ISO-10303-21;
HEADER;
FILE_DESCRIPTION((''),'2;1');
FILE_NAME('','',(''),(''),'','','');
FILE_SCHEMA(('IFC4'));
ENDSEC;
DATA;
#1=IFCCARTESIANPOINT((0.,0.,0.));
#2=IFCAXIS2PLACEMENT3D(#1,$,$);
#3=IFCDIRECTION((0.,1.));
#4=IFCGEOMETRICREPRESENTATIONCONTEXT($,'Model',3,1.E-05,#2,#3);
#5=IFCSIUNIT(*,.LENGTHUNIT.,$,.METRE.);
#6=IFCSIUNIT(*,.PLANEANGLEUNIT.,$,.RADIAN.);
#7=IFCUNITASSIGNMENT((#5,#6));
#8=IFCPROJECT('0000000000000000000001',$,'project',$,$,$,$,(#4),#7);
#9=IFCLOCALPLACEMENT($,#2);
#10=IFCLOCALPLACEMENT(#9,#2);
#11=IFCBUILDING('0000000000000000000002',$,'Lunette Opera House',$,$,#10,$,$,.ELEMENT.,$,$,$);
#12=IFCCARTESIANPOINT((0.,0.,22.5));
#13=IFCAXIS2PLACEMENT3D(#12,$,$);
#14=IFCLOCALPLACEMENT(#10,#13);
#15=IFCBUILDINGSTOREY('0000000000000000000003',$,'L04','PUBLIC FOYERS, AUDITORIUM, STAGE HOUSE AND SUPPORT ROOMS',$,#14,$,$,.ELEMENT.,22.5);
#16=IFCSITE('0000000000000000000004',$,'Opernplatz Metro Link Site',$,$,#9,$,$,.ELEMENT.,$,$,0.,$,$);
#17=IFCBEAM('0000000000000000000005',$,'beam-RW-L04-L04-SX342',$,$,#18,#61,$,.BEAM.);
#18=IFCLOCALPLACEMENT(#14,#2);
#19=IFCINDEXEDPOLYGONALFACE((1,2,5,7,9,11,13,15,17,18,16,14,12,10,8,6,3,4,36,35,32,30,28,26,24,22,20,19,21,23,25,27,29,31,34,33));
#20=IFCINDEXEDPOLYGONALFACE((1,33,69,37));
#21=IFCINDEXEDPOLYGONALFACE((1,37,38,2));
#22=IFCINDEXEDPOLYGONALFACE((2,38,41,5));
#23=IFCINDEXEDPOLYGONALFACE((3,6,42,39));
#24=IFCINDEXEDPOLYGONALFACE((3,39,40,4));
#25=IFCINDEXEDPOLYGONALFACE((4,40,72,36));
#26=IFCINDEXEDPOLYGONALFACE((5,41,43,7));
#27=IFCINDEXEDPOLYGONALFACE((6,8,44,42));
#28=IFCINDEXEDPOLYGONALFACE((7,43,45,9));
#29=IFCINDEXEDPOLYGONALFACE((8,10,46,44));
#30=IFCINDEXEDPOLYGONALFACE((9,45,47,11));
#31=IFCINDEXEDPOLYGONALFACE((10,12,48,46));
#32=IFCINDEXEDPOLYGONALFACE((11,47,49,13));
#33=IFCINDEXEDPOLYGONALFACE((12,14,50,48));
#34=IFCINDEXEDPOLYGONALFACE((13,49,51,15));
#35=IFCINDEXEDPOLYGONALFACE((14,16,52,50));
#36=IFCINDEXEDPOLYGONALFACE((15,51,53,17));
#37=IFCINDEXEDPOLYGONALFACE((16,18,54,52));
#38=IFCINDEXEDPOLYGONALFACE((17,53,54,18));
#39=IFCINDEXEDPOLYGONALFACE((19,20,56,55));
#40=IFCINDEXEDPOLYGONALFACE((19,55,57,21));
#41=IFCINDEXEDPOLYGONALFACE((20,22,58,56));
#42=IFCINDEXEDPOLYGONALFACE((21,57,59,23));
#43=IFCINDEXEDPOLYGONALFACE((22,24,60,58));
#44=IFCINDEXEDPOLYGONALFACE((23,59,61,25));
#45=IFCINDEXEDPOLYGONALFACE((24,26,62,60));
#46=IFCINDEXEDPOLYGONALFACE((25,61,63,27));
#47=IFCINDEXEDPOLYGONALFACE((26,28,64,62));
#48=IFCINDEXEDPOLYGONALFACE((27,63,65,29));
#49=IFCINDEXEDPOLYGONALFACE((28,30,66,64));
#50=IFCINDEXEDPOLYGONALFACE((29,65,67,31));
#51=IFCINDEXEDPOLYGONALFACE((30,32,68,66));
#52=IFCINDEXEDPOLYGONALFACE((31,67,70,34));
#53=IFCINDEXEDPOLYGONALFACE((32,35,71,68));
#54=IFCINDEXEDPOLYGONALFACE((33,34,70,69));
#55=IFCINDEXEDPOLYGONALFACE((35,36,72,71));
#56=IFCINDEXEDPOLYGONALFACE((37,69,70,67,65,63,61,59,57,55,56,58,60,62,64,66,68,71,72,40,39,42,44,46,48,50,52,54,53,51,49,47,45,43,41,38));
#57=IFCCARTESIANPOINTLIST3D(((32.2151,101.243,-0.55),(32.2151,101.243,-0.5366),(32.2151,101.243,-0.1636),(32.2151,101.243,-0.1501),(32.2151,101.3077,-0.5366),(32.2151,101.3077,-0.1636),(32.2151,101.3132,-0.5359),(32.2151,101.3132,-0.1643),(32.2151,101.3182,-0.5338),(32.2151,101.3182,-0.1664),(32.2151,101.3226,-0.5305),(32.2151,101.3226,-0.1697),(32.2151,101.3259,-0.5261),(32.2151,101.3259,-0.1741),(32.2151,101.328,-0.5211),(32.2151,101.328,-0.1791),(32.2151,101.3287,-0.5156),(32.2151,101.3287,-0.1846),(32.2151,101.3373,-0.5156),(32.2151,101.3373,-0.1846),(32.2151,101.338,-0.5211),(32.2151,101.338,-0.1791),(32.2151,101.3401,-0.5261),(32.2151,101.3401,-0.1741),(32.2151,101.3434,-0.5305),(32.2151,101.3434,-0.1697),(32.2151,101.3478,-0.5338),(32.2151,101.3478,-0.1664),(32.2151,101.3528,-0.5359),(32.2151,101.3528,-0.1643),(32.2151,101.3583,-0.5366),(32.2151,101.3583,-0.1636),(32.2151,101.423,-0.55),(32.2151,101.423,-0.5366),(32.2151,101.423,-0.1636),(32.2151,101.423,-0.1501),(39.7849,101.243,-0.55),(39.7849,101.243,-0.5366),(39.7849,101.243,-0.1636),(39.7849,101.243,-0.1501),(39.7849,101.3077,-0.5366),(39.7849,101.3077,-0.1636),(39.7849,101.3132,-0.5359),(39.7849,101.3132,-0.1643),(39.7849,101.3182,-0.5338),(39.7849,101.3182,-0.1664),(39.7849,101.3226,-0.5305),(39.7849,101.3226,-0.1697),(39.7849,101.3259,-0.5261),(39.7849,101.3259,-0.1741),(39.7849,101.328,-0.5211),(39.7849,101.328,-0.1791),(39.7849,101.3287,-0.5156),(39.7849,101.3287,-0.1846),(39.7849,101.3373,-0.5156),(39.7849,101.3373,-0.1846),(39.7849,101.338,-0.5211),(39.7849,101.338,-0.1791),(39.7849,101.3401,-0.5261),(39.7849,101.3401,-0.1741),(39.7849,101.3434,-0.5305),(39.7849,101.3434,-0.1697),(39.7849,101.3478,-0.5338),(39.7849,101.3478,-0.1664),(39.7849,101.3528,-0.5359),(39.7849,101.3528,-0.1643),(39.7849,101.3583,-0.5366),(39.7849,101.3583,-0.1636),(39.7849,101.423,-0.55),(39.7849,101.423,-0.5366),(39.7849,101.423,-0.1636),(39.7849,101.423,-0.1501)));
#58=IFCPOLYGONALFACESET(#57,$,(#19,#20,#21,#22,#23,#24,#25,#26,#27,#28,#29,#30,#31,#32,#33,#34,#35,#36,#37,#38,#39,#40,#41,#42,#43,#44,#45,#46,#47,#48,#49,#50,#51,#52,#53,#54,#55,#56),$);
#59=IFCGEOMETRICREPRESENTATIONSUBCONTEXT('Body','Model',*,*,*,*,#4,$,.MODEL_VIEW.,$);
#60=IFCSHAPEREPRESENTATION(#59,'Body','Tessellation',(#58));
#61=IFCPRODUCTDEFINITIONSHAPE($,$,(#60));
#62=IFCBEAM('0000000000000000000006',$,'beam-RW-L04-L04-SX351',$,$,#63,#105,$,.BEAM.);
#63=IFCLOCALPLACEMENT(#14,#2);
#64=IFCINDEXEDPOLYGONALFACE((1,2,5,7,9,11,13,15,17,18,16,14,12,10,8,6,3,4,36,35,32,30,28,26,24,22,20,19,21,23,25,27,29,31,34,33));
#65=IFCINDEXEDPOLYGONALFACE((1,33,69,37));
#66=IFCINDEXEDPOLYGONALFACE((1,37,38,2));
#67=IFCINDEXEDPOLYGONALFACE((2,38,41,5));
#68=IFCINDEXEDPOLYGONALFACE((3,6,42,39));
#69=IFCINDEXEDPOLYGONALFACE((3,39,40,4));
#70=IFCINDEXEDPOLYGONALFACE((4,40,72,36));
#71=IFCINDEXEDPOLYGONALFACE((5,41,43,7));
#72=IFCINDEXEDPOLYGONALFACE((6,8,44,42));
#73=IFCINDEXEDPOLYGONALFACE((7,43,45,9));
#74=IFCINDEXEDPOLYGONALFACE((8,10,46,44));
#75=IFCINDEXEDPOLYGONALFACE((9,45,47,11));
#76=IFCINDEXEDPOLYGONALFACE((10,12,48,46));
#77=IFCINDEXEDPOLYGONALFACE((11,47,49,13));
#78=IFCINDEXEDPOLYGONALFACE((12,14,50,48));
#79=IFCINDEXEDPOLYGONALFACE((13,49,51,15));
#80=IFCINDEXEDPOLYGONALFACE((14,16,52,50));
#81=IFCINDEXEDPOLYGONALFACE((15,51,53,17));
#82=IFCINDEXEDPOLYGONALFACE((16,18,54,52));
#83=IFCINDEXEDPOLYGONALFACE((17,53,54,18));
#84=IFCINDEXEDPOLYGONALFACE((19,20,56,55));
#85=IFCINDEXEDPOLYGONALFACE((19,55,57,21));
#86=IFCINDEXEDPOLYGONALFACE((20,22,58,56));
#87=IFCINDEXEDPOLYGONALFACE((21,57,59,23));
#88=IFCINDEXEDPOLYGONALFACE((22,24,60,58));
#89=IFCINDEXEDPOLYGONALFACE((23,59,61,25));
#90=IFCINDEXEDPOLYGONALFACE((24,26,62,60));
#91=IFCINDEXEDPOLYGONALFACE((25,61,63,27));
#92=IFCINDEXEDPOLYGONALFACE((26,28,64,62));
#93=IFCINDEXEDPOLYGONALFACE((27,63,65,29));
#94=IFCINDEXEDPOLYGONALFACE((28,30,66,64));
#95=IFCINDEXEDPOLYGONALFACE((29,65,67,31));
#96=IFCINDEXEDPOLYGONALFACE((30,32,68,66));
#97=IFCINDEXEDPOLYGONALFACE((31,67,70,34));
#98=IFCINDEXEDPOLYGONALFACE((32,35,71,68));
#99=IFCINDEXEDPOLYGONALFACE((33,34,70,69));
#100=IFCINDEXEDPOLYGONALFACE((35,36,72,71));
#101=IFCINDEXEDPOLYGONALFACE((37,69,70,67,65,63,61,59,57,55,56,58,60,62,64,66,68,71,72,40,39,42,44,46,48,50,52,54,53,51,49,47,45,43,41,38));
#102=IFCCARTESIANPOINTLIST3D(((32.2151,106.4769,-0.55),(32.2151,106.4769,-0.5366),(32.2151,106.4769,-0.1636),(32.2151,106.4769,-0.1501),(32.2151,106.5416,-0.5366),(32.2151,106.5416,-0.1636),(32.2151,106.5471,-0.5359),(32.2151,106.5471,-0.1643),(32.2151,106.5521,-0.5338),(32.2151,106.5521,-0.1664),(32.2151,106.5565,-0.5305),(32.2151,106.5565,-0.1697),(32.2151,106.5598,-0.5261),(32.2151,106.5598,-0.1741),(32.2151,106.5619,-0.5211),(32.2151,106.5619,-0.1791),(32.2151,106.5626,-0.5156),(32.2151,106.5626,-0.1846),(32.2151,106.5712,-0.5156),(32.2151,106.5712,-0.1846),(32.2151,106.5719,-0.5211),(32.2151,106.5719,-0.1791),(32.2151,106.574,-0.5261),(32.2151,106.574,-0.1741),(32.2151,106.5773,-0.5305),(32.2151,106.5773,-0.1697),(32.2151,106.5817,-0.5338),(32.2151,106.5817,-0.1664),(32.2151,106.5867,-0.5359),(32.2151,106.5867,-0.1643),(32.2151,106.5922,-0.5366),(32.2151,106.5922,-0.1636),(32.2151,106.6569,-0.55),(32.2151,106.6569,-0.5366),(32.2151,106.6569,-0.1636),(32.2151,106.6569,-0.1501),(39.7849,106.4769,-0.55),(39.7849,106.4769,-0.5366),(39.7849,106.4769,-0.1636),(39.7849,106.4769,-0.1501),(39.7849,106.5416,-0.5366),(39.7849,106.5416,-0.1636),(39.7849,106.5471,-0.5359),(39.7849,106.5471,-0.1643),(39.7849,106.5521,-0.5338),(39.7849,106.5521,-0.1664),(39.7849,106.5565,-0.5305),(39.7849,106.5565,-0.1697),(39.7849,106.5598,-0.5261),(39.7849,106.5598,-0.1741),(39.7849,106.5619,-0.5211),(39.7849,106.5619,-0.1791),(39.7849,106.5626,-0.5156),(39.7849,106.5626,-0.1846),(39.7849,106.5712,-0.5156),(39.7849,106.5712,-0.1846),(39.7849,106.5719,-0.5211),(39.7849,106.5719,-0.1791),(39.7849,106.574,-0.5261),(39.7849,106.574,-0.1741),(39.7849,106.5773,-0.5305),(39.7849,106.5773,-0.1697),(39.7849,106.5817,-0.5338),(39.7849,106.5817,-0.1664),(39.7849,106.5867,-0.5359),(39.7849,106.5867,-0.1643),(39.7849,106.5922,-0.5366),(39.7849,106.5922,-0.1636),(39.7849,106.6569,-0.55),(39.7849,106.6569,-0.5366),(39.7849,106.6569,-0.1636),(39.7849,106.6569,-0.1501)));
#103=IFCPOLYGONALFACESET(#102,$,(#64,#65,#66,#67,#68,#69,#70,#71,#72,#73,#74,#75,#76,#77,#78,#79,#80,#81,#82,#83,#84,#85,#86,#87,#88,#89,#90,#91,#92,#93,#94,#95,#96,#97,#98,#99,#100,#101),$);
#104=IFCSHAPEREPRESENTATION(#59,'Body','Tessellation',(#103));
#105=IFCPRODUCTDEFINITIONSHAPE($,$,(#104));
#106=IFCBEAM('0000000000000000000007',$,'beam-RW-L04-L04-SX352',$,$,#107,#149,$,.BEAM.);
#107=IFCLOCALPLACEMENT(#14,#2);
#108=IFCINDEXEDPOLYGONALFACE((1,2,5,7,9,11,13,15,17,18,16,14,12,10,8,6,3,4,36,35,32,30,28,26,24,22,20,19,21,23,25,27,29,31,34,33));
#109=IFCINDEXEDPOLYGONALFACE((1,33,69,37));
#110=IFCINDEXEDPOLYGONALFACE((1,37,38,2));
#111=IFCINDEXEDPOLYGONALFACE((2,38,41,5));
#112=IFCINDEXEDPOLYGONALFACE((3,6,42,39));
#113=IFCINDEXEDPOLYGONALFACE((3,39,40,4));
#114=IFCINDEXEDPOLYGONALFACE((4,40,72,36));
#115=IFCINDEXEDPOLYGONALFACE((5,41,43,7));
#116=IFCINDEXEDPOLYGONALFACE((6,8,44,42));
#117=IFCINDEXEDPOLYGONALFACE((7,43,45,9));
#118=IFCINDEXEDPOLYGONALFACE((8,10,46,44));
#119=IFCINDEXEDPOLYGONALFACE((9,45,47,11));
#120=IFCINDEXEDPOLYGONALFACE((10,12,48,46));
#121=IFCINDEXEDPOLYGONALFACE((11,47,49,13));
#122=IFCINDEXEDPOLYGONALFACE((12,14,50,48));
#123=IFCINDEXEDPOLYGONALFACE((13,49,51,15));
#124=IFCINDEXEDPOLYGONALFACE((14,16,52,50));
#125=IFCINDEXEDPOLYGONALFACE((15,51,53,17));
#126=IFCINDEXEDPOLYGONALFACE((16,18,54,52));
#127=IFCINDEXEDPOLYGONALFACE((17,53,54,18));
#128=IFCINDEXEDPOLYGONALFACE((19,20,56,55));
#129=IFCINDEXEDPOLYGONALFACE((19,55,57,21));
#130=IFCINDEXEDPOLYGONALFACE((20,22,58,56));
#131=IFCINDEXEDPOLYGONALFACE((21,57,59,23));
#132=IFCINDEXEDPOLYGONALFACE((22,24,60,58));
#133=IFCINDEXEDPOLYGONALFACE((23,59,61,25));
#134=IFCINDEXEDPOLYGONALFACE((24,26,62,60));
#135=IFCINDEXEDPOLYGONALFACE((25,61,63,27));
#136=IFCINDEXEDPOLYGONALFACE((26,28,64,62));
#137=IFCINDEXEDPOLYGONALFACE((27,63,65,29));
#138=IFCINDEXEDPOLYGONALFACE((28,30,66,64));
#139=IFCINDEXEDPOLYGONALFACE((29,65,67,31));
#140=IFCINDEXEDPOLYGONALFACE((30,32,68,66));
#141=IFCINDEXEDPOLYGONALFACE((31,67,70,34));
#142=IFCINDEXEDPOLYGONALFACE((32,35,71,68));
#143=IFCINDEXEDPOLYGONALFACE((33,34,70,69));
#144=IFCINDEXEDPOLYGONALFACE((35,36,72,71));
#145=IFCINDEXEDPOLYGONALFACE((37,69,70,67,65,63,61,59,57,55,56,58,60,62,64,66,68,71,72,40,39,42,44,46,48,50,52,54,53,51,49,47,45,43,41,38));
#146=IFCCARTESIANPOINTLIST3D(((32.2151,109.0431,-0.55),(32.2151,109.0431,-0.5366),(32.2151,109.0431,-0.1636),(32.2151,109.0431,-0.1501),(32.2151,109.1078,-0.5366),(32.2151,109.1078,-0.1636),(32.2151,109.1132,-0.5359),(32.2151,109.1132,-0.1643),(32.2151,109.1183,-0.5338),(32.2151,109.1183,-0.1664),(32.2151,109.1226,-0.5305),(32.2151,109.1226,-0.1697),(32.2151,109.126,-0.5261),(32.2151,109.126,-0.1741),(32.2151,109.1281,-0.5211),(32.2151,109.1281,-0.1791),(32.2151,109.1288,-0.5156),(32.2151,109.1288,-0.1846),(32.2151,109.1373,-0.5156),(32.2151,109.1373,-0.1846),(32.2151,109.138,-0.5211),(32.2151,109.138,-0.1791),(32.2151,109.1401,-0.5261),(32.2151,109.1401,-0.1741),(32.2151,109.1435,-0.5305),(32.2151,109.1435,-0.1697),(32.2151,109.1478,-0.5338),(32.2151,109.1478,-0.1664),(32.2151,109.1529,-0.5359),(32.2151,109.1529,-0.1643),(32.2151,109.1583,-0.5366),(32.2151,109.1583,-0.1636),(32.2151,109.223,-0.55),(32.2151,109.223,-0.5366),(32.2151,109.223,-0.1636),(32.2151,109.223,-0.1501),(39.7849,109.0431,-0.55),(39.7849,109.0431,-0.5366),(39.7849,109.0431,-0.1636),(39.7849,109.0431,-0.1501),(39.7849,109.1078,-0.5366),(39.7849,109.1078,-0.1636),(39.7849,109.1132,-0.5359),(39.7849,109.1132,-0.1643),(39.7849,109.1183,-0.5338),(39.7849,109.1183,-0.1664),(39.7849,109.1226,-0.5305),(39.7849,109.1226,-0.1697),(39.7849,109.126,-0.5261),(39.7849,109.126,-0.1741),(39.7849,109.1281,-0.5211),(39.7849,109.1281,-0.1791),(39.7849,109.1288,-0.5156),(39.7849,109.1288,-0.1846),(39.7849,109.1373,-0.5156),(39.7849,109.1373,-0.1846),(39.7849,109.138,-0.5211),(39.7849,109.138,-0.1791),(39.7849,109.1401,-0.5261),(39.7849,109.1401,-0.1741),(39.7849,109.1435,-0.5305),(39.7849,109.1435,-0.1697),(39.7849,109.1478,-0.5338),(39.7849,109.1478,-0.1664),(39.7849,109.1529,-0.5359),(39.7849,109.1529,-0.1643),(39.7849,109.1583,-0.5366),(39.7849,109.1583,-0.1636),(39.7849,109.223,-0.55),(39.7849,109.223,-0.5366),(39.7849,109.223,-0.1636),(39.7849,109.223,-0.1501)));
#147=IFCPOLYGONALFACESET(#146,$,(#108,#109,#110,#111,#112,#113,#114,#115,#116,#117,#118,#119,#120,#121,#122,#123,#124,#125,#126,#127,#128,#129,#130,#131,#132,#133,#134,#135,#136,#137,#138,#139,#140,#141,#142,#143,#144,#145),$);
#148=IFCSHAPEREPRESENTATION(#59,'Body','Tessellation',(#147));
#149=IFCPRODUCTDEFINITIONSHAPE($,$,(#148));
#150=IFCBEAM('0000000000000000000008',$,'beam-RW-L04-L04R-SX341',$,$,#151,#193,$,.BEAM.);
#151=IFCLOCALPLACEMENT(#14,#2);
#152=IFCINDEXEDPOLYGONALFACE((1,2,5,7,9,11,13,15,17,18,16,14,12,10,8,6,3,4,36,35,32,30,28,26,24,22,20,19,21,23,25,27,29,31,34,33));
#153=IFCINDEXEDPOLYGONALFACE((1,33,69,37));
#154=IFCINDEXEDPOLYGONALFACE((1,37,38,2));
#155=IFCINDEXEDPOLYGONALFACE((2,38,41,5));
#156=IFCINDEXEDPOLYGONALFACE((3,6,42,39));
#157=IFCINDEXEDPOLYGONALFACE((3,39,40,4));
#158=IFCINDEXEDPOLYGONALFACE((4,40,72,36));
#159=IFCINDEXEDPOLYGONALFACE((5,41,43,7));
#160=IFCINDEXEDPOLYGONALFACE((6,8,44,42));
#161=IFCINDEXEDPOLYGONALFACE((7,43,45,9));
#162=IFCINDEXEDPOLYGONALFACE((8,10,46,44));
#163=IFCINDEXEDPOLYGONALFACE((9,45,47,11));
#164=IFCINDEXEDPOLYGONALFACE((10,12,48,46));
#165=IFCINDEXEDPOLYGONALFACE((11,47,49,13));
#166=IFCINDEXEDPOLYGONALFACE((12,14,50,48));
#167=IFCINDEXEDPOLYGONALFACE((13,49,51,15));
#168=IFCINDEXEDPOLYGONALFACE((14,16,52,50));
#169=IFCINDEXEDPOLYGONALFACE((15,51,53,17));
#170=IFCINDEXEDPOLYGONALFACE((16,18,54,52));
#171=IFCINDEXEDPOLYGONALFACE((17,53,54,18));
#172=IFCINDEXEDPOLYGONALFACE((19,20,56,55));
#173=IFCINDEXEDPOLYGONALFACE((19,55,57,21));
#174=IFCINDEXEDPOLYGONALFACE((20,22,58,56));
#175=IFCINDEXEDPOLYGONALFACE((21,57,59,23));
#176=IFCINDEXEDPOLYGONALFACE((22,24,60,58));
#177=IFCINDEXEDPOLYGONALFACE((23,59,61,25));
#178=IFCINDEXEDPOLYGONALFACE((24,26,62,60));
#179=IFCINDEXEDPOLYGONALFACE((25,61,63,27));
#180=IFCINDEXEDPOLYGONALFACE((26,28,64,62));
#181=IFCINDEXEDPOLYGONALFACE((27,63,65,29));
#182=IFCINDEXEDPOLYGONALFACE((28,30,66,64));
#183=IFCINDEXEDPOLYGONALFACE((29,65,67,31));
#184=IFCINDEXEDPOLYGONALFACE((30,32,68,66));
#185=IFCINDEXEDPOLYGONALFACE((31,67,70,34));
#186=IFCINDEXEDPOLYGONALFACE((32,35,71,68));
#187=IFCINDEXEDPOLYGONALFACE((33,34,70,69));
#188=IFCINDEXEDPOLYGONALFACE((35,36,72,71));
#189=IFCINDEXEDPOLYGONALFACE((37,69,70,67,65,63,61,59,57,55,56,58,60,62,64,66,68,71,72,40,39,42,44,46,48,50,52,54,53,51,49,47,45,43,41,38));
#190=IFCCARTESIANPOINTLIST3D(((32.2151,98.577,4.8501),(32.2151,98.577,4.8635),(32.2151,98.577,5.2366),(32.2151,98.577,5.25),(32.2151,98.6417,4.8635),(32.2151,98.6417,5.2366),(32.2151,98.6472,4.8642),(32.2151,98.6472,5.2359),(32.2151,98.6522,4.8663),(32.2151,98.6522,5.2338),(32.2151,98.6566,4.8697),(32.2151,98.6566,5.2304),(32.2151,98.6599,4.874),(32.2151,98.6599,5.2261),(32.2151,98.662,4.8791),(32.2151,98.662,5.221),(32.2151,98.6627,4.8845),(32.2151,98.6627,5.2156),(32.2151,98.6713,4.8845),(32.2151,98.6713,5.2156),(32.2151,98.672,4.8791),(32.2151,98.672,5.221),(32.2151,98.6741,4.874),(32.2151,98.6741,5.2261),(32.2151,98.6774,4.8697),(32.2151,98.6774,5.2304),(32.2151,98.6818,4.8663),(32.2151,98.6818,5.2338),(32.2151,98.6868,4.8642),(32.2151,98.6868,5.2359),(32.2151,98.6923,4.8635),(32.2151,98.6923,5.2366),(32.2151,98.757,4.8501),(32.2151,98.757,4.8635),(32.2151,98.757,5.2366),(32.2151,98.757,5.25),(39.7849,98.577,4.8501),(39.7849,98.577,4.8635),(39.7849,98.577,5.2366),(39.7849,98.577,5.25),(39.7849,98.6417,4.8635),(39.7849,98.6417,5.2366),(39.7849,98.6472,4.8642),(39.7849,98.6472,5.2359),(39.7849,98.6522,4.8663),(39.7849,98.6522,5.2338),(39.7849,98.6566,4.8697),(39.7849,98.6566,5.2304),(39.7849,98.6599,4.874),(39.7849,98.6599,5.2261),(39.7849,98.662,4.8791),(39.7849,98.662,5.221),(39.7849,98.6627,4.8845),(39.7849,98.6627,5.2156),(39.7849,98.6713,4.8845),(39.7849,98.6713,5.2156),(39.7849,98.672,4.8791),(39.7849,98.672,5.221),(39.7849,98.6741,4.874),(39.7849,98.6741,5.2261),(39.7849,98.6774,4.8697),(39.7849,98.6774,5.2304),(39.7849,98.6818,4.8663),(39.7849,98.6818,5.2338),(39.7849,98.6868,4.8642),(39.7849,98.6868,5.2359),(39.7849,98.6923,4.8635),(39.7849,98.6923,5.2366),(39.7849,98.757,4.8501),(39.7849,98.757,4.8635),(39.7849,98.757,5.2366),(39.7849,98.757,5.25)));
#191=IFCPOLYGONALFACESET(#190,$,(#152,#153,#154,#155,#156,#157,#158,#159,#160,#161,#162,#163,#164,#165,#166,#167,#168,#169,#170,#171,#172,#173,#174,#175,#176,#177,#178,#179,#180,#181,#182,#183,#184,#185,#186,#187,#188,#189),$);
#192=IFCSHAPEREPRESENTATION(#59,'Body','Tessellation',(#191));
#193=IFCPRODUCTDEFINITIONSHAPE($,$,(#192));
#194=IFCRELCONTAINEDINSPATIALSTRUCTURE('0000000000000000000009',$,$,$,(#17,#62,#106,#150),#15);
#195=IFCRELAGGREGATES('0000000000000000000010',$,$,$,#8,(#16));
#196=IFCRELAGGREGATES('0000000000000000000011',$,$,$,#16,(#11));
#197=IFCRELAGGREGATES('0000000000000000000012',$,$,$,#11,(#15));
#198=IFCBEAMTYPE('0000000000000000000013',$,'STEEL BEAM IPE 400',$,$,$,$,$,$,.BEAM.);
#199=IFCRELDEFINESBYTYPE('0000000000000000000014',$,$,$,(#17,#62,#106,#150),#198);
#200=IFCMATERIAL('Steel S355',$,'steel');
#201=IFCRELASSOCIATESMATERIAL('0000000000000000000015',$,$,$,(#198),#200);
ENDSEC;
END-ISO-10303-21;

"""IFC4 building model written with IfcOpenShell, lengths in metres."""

from ifc_helpers import new_model, si_unit, direction, frame, origin, origin_2d, place, context, subcontext, project, spatial, i_section, extrude, material, material_profile, profile_set, type_object, element, save


model = new_model("IFC4")

# Units and contexts
model_context = context("Model", 3, precision=1e-05, world=origin(), true_north=direction((0.0, 1.0)))
body_context = subcontext(model_context, "Body", "Model", "MODEL_VIEW")
ifc_project = project(units=[si_unit("LENGTHUNIT", "METRE"), si_unit("PLANEANGLEUNIT", "RADIAN")], contexts=[model_context])

# Site, building, storey
site_placement = place(None, origin())
site = spatial("IfcSite", under=ifc_project, at=site_placement, Name="Opernplatz Metro Link Site", CompositionType="ELEMENT", RefElevation=0.0)
building_placement = place(site_placement, origin())
building = spatial("IfcBuilding", under=site, at=building_placement, Name="Lunette Opera House", CompositionType="ELEMENT")
storey_placement = place(building_placement, frame((0.0, 0.0, 22.5)))
storey = spatial("IfcBuildingStorey", under=building, at=storey_placement, Name="L04", Description="PUBLIC FOYERS, AUDITORIUM, STAGE HOUSE AND SUPPORT ROOMS", CompositionType="ELEMENT", Elevation=22.5)

# Beams
ifc_material_1 = material(Name="Steel S355", Category="steel")
ifc_material_profile_1 = material_profile(ifc_material_1, i_section(OverallWidth=0.1799, OverallDepth=0.3999, WebThickness=0.0085, FlangeThickness=0.0134, FilletRadius=0.021, at=origin_2d()), Name="IPE 400")
ifc_profile_set_1 = profile_set([ifc_material_profile_1], Name="Steel S355")
beam_type_1 = type_object("IfcBeamType", Name="STEEL BEAM IPE 400", PredefinedType="BEAM", material=ifc_profile_set_1)
for number, where, z_axis, x_axis, name in (
    (1, (32.2151, 101.333, -0.3501), (1.0, 0.0, 0.0), (0.0, 1.0, 0.0), "beam-RW-L04-L04-SX342"),
    (2, (32.2151, 106.5669, -0.3501), (1.0, 0.0, 0.0), (0.0, 1.0, 0.0), "beam-RW-L04-L04-SX351"),
    (3, (32.2151, 109.1331, -0.3501), (1.0, 0.0, 0.0), (0.0, 1.0, 0.0), "beam-RW-L04-L04-SX352"),
    (4, (32.2151, 98.667, 5.05), (1.0, 0.0, 0.0), (0.0, 1.0, 0.0), "beam-RW-L04-L04R-SX341"),
):
    element("IfcBeam", number, at=place(storey_placement, frame(where, z_axis=z_axis, x_axis=x_axis)), inside=storey, type_object=beam_type_1, Name=name, PredefinedType="BEAM", context=body_context, shape_type="SweptSolid", body=[
        extrude(i_section(OverallWidth=0.1799, OverallDepth=0.3999, WebThickness=0.0085, FlangeThickness=0.0134, FilletRadius=0.021, at=origin_2d()), origin(), (0.0, 0.0, 1.0), 7.5698),
    ])

save(model, "model.ifc")
